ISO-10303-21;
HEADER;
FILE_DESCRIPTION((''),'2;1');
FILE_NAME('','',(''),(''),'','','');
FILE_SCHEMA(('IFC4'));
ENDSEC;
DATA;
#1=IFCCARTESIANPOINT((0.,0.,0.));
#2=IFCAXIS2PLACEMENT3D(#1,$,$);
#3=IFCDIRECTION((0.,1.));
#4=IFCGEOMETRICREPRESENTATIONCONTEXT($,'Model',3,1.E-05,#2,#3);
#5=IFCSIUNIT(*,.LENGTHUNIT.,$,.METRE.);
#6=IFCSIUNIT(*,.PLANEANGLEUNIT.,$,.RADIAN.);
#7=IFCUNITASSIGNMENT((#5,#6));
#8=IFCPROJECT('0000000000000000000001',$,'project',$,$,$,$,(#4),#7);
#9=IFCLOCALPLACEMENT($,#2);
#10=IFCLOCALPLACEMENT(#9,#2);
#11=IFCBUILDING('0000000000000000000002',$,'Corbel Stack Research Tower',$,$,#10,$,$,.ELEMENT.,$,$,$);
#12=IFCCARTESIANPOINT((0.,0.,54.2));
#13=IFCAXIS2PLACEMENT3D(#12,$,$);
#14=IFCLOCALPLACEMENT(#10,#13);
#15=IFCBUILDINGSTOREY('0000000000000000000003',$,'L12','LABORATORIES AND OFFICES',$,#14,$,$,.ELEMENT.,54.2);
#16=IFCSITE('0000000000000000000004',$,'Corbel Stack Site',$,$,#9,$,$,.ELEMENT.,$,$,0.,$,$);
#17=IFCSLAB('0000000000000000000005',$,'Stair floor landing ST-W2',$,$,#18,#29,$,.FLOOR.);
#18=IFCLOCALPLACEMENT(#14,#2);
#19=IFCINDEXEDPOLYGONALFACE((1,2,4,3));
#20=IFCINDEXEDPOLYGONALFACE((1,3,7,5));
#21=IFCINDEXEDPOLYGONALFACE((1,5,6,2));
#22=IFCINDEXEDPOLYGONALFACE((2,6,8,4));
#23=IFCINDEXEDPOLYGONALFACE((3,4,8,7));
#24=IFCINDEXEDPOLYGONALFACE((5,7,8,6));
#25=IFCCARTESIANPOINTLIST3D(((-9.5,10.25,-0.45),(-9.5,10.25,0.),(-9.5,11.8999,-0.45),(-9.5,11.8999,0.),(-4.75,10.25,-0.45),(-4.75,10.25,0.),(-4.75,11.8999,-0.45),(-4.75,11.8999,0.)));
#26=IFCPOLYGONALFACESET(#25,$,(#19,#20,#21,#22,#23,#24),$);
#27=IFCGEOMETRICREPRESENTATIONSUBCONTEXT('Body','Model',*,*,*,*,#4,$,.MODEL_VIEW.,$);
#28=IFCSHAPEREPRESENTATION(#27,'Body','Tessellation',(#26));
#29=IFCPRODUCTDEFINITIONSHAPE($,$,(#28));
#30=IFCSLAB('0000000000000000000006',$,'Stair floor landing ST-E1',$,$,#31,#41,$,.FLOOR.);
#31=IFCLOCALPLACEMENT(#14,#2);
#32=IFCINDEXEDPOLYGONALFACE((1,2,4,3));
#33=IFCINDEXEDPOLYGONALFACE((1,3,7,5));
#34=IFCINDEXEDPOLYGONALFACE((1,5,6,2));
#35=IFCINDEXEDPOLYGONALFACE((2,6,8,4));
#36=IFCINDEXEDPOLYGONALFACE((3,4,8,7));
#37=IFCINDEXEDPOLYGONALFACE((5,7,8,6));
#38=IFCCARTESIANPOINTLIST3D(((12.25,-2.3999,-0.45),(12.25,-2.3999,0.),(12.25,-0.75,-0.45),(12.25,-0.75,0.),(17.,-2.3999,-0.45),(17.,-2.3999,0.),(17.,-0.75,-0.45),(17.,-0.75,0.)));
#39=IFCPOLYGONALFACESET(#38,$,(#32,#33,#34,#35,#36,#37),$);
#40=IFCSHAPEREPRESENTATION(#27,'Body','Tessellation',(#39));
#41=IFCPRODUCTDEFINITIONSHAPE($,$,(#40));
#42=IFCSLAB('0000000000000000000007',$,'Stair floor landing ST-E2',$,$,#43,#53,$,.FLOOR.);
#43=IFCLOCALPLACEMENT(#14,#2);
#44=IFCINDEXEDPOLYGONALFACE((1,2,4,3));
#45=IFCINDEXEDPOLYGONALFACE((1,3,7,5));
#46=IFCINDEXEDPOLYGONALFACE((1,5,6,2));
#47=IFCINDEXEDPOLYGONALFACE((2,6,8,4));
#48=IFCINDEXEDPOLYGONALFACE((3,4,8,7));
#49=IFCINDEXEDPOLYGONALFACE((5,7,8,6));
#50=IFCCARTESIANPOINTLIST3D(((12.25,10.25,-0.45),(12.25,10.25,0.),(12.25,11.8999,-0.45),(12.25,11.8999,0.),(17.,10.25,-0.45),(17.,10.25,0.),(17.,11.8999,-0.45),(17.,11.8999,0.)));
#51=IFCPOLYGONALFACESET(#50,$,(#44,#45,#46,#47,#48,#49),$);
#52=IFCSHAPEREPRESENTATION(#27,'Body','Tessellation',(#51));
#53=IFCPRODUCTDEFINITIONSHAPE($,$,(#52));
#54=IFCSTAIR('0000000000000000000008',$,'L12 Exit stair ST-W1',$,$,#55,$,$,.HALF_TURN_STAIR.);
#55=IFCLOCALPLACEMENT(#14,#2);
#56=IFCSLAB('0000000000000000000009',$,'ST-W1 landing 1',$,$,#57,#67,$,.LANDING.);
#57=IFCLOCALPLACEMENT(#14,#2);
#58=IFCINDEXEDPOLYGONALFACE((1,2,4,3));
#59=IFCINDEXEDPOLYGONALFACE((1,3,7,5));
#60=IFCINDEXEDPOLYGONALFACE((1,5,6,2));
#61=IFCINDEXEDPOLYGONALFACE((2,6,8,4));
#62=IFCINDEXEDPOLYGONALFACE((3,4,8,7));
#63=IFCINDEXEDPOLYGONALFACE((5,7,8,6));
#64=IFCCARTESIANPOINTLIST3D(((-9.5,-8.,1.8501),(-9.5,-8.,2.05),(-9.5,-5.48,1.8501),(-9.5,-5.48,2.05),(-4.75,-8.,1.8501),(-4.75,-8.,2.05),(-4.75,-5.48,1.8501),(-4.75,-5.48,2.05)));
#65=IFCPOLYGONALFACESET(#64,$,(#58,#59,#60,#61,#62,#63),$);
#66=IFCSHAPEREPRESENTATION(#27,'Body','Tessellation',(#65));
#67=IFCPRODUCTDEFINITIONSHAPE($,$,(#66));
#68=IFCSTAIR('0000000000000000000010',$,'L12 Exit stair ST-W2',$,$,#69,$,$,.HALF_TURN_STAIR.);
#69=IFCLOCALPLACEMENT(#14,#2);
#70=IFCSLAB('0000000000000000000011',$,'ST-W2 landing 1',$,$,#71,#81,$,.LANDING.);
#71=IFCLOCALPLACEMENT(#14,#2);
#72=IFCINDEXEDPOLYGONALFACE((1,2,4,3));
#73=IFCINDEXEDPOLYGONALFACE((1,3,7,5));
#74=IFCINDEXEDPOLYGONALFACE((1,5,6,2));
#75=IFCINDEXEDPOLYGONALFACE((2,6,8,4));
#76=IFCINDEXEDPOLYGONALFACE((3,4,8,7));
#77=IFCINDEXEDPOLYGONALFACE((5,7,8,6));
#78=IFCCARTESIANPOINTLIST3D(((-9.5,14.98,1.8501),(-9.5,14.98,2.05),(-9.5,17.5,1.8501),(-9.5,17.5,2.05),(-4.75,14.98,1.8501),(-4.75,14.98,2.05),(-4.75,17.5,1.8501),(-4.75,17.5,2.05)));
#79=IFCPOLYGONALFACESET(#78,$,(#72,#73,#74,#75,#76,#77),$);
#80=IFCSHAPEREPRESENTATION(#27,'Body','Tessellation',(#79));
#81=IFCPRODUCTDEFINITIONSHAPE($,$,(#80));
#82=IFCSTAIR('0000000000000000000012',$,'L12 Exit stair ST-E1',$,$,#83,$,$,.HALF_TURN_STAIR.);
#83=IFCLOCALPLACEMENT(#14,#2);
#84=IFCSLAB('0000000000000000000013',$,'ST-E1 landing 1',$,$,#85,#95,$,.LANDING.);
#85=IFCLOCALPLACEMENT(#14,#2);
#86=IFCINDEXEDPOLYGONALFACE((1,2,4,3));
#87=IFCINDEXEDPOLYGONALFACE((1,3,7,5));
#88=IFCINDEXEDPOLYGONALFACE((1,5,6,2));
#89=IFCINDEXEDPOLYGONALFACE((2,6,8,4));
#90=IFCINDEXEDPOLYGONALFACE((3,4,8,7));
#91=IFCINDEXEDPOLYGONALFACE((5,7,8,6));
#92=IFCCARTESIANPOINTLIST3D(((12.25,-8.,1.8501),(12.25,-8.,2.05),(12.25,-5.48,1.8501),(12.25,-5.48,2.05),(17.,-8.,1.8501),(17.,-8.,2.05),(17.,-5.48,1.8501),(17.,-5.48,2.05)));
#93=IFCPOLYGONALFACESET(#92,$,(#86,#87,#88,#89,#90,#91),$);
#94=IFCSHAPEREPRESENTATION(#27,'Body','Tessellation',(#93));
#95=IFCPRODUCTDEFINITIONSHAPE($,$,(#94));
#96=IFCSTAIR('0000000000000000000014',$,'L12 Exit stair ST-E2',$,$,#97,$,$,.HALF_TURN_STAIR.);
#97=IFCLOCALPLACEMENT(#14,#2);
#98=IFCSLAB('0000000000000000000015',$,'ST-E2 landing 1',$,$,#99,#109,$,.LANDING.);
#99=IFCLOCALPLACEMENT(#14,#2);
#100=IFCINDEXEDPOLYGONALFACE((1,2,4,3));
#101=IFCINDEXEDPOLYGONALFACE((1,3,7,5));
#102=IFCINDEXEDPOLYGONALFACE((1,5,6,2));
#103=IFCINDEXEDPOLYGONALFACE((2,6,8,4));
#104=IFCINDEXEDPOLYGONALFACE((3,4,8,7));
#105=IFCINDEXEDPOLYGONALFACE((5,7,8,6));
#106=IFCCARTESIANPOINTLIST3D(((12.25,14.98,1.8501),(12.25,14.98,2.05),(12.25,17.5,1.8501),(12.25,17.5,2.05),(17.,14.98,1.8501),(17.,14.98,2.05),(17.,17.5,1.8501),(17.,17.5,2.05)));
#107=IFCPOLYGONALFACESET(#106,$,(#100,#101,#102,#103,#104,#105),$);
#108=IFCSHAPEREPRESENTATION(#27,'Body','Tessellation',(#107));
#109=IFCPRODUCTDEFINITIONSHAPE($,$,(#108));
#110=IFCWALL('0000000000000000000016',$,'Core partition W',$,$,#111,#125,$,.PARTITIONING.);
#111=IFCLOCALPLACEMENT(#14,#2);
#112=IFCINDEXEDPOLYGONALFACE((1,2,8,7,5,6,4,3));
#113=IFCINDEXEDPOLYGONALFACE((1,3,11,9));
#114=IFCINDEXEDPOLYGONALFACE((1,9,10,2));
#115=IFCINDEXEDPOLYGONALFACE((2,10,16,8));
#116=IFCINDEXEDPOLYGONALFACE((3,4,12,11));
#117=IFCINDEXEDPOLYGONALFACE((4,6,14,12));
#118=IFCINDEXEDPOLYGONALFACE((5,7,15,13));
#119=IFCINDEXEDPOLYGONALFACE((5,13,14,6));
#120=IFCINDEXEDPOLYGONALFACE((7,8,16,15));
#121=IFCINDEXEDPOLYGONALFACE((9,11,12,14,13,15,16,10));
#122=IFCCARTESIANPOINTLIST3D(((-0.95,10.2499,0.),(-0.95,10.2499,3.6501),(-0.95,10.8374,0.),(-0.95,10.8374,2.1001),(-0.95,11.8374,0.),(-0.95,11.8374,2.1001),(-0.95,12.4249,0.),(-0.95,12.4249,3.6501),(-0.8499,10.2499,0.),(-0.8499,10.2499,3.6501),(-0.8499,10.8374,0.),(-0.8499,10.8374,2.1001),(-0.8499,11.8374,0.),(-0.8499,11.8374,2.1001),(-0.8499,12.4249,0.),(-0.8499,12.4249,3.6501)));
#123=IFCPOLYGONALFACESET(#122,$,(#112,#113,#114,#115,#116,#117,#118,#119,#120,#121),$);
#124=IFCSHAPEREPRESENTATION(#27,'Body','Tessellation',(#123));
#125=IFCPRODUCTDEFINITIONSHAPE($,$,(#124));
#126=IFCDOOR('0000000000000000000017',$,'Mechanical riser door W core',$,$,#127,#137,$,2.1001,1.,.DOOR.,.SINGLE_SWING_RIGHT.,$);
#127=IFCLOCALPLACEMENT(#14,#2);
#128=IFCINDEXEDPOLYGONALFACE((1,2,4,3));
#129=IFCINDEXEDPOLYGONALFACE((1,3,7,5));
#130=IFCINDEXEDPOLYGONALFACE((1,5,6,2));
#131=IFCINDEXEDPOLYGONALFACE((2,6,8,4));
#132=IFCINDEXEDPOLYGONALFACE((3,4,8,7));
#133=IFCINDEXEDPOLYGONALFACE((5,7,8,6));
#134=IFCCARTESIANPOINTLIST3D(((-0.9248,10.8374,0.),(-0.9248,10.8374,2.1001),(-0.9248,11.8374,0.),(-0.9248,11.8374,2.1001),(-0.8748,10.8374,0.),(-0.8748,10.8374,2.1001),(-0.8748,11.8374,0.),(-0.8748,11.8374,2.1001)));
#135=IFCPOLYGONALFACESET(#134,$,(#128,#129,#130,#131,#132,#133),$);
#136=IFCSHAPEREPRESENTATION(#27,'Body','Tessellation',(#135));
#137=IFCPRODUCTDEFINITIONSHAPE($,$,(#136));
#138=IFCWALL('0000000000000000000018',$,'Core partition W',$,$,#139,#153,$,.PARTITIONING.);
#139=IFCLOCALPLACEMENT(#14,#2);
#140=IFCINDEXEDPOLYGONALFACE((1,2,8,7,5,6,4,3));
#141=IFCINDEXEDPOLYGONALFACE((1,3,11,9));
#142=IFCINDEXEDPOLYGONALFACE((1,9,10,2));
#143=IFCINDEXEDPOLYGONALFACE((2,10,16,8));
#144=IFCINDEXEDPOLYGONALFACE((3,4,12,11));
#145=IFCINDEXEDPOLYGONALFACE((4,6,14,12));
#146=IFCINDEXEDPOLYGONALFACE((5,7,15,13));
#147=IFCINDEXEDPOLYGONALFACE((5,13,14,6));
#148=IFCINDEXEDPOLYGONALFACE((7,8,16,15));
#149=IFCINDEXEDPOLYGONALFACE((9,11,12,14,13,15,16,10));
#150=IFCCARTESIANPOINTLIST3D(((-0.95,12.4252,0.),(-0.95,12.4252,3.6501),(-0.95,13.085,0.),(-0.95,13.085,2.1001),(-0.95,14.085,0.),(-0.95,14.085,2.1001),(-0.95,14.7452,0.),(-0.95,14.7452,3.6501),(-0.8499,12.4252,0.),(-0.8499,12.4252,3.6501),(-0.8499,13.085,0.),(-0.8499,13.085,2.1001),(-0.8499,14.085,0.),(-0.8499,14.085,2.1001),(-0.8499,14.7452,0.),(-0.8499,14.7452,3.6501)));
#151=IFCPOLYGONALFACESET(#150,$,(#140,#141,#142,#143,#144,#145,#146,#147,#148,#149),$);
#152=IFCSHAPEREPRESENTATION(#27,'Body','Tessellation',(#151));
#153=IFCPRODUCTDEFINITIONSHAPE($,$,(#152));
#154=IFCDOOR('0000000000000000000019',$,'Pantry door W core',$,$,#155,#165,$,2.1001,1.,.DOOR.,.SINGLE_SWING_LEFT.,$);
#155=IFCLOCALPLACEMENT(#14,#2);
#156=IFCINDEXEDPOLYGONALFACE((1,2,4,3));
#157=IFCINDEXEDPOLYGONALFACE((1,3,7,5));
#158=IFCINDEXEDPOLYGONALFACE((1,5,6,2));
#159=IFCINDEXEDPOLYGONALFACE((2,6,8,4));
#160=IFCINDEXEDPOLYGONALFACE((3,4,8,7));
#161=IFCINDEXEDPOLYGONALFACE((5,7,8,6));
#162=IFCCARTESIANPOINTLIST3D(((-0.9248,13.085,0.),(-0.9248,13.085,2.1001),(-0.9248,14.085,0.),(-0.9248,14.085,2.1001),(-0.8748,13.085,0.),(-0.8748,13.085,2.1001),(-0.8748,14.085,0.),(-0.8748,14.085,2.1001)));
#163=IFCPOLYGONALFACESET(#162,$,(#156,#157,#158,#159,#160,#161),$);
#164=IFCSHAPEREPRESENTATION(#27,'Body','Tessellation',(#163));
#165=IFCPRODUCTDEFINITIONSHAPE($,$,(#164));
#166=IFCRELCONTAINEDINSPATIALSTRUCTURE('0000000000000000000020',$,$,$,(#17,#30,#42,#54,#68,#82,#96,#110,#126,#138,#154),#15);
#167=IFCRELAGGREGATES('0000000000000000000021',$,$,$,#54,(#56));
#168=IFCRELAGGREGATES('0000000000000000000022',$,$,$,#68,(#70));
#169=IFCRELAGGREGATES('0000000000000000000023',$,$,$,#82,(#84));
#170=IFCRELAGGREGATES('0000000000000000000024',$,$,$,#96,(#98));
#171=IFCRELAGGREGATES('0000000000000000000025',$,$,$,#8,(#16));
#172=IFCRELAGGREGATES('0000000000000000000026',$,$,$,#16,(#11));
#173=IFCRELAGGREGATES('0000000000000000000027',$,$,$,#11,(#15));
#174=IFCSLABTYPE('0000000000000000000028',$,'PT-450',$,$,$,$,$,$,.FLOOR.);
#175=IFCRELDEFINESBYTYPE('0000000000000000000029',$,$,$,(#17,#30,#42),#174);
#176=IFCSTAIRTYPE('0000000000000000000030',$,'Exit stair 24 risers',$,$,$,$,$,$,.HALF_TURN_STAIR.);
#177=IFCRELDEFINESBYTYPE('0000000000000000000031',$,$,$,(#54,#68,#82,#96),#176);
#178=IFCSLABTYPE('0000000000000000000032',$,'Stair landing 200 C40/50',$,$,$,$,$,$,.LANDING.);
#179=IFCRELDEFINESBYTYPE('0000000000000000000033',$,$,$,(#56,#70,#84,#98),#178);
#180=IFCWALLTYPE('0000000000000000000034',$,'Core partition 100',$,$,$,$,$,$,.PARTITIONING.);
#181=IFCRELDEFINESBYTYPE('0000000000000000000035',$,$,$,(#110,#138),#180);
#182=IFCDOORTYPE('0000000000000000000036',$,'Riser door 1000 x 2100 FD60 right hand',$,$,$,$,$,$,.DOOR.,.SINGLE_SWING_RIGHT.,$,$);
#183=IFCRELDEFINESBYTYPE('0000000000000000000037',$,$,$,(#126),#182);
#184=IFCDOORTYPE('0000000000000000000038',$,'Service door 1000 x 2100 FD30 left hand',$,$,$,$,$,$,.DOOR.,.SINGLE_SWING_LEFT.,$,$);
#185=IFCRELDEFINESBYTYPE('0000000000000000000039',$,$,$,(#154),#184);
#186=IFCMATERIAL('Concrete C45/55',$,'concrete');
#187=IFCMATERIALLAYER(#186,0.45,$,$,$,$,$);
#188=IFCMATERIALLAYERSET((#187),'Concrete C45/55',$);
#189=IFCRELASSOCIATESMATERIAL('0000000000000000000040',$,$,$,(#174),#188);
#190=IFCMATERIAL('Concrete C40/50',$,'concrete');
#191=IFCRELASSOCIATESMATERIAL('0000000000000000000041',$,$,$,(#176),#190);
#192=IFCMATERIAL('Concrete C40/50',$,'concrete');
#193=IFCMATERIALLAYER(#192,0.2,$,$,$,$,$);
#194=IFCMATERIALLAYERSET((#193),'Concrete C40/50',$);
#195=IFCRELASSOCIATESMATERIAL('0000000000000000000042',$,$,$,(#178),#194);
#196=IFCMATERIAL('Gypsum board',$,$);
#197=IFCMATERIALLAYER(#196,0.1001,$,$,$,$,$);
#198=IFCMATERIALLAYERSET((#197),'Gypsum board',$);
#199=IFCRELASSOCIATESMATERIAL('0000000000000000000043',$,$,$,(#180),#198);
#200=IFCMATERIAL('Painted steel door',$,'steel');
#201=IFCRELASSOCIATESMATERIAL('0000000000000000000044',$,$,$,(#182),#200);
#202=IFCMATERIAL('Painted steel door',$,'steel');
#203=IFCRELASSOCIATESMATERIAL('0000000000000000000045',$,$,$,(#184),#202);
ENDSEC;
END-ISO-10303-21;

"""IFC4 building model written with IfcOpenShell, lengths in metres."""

from ifc_helpers import new_model, si_unit, direction, frame, frame_2d, origin, place, context, subcontext, project, spatial, polyline, rectangle, outline, extrude, material, layer, layer_set, type_object, element, fill, aggregate, save


model = new_model("IFC4")

# Units and contexts
model_context = context("Model", 3, precision=1e-05, world=origin(), true_north=direction((0.0, 1.0)))
body_context = subcontext(model_context, "Body", "Model", "MODEL_VIEW")
ifc_project = project(units=[si_unit("LENGTHUNIT", "METRE"), si_unit("PLANEANGLEUNIT", "RADIAN")], contexts=[model_context])

# Site, building, storey
site_placement = place(None, origin())
site = spatial("IfcSite", under=ifc_project, at=site_placement, Name="Corbel Stack Site", CompositionType="ELEMENT", RefElevation=0.0)
building_placement = place(site_placement, origin())
building = spatial("IfcBuilding", under=site, at=building_placement, Name="Corbel Stack Research Tower", CompositionType="ELEMENT")
storey_placement = place(building_placement, frame((0.0, 0.0, 54.2)))
storey = spatial("IfcBuildingStorey", under=building, at=storey_placement, Name="L12", Description="LABORATORIES AND OFFICES", CompositionType="ELEMENT", Elevation=54.2)

# Slabs
ifc_material_1 = material(Name="Concrete C45/55", Category="concrete")
ifc_layer_1 = layer(ifc_material_1, 0.45)
ifc_layer_set_1 = layer_set([ifc_layer_1], Name="Concrete C45/55")
slab_type_1 = type_object("IfcSlabType", Name="PT-450", PredefinedType="FLOOR", material=ifc_layer_set_1)
slab_1_placement = place(storey_placement, frame((0.0, 0.0, -0.45)))
element("IfcSlab", 1, at=slab_1_placement, inside=storey, type_object=slab_type_1, Name="Stair floor landing ST-W2", PredefinedType="FLOOR", context=body_context, shape_type="SweptSolid", body=[
    extrude(outline(polyline([(-9.5, 10.25), (-4.75, 10.25), (-4.75, 11.8999), (-9.5, 11.8999), (-9.5, 10.25)])), origin(), (0.0, 0.0, 1.0), 0.45),
])
slab_2_placement = place(storey_placement, frame((0.0, 0.0, -0.45)))
element("IfcSlab", 2, at=slab_2_placement, inside=storey, type_object=slab_type_1, Name="Stair floor landing ST-E1", PredefinedType="FLOOR", context=body_context, shape_type="SweptSolid", body=[
    extrude(outline(polyline([(12.25, -2.3999), (17.0, -2.3999), (17.0, -0.75), (12.25, -0.75), (12.25, -2.3999)])), origin(), (0.0, 0.0, 1.0), 0.45),
])
slab_3_placement = place(storey_placement, frame((0.0, 0.0, -0.45)))
element("IfcSlab", 3, at=slab_3_placement, inside=storey, type_object=slab_type_1, Name="Stair floor landing ST-E2", PredefinedType="FLOOR", context=body_context, shape_type="SweptSolid", body=[
    extrude(outline(polyline([(12.25, 10.25), (17.0, 10.25), (17.0, 11.8999), (12.25, 11.8999), (12.25, 10.25)])), origin(), (0.0, 0.0, 1.0), 0.45),
])

# Stairs, slabs
ifc_material_2 = material(Name="Concrete C40/50", Category="concrete")
stair_type = type_object("IfcStairType", Name="Exit stair 24 risers", PredefinedType="HALF_TURN_STAIR", material=ifc_material_2)
stair_1_placement = place(storey_placement, origin())
stair_1 = element("IfcStair", 4, at=stair_1_placement, inside=storey, type_object=stair_type, Name="L12 Exit stair ST-W1", PredefinedType="HALF_TURN_STAIR")
ifc_material_3 = material(Name="Concrete C40/50", Category="concrete")
ifc_layer_2 = layer(ifc_material_3, 0.2)
ifc_layer_set_2 = layer_set([ifc_layer_2], Name="Concrete C40/50")
slab_type_2 = type_object("IfcSlabType", Name="Stair landing 200 C40/50", PredefinedType="LANDING", material=ifc_layer_set_2)
slab_4_placement = place(storey_placement, frame((0.0, 0.0, 1.8501)))
slab_4 = element("IfcSlab", 5, at=slab_4_placement, type_object=slab_type_2, Name="ST-W1 landing 1", PredefinedType="LANDING", context=body_context, shape_type="SweptSolid", body=[
    extrude(outline(polyline([(-9.5, -8.0), (-9.5, -5.48), (-4.75, -5.48), (-4.75, -8.0), (-9.5, -8.0)])), origin(), (0.0, 0.0, 1.0), 0.2),
])
aggregate(stair_1, [slab_4])
stair_2_placement = place(storey_placement, origin())
stair_2 = element("IfcStair", 6, at=stair_2_placement, inside=storey, type_object=stair_type, Name="L12 Exit stair ST-W2", PredefinedType="HALF_TURN_STAIR")
slab_5_placement = place(storey_placement, frame((0.0, 0.0, 1.8501)))
slab_5 = element("IfcSlab", 7, at=slab_5_placement, type_object=slab_type_2, Name="ST-W2 landing 1", PredefinedType="LANDING", context=body_context, shape_type="SweptSolid", body=[
    extrude(outline(polyline([(-9.5, 14.98), (-9.5, 17.5), (-4.75, 17.5), (-4.75, 14.98), (-9.5, 14.98)])), origin(), (0.0, 0.0, 1.0), 0.2),
])
aggregate(stair_2, [slab_5])
stair_3_placement = place(storey_placement, origin())
stair_3 = element("IfcStair", 8, at=stair_3_placement, inside=storey, type_object=stair_type, Name="L12 Exit stair ST-E1", PredefinedType="HALF_TURN_STAIR")
slab_6_placement = place(storey_placement, frame((0.0, 0.0, 1.8501)))
slab_6 = element("IfcSlab", 9, at=slab_6_placement, type_object=slab_type_2, Name="ST-E1 landing 1", PredefinedType="LANDING", context=body_context, shape_type="SweptSolid", body=[
    extrude(outline(polyline([(12.25, -8.0), (12.25, -5.48), (17.0, -5.48), (17.0, -8.0), (12.25, -8.0)])), origin(), (0.0, 0.0, 1.0), 0.2),
])
aggregate(stair_3, [slab_6])
stair_4_placement = place(storey_placement, origin())
stair_4 = element("IfcStair", 10, at=stair_4_placement, inside=storey, type_object=stair_type, Name="L12 Exit stair ST-E2", PredefinedType="HALF_TURN_STAIR")
slab_7_placement = place(storey_placement, frame((0.0, 0.0, 1.8501)))
slab_7 = element("IfcSlab", 11, at=slab_7_placement, type_object=slab_type_2, Name="ST-E2 landing 1", PredefinedType="LANDING", context=body_context, shape_type="SweptSolid", body=[
    extrude(outline(polyline([(12.25, 14.98), (12.25, 17.5), (17.0, 17.5), (17.0, 14.98), (12.25, 14.98)])), origin(), (0.0, 0.0, 1.0), 0.2),
])
aggregate(stair_4, [slab_7])

# Walls, openings, doors
ifc_material_4 = material(Name="Gypsum board")
ifc_layer_3 = layer(ifc_material_4, 0.1001)
ifc_layer_set_3 = layer_set([ifc_layer_3], Name="Gypsum board")
wall_type = type_object("IfcWallType", Name="Core partition 100", PredefinedType="PARTITIONING", material=ifc_layer_set_3)
wall_1_placement = place(storey_placement, frame((-0.8999, 10.25, 0.0), z_axis=(0.0, 0.0, 1.0), x_axis=(0.0, 1.0, 0.0)))
wall_1 = element("IfcWall", 12, at=wall_1_placement, inside=storey, type_object=wall_type, Name="Core partition W", PredefinedType="PARTITIONING", context=body_context, shape_type="SweptSolid", body=[
    extrude(rectangle(XDim=2.175, YDim=0.1001, at=frame_2d((1.0874, 0.0))), origin(), (0.0, 0.0, 1.0), 3.6501),
])
opening_1_placement = place(wall_1_placement, frame((0.5874, 0.0, 0.0)))
opening_1 = element("IfcOpeningElement", 13, at=opening_1_placement, cuts=wall_1, PredefinedType="OPENING", context=body_context, shape_type="SweptSolid", body=[
    extrude(rectangle(XDim=1.0, YDim=2.1001, at=frame_2d((0.5, 1.05))), frame((0.0, 0.0601, 0.0), z_axis=(0.0, -1.0, 0.0), x_axis=(1.0, 0.0, 0.0)), (0.0, 0.0, 1.0), 0.1201),
])
ifc_material_5 = material(Name="Painted steel door", Category="steel")
door_type_1 = type_object("IfcDoorType", Name="Riser door 1000 x 2100 FD60 right hand", OperationType="SINGLE_SWING_RIGHT", PredefinedType="DOOR", material=ifc_material_5)
door_1_placement = place(opening_1_placement, origin())
door_1 = element("IfcDoor", 14, at=door_1_placement, inside=storey, type_object=door_type_1, Name="Mechanical riser door W core", OperationType="SINGLE_SWING_RIGHT", OverallHeight=2.1001, OverallWidth=1.0, PredefinedType="DOOR", context=body_context, shape_type="SweptSolid", body=[
    extrude(rectangle(XDim=1.0, YDim=2.1001, at=frame_2d((0.5, 1.05))), frame((0.0, 0.0249, 0.0), z_axis=(0.0, -1.0, 0.0), x_axis=(1.0, 0.0, 0.0)), (0.0, 0.0, 1.0), 0.05),
])
fill(opening_1, door_1)
wall_2_placement = place(storey_placement, frame((-0.8999, 12.425, 0.0), z_axis=(0.0, 0.0, 1.0), x_axis=(0.0, 1.0, 0.0)))
wall_2 = element("IfcWall", 15, at=wall_2_placement, inside=storey, type_object=wall_type, Name="Core partition W", PredefinedType="PARTITIONING", context=body_context, shape_type="SweptSolid", body=[
    extrude(rectangle(XDim=2.3201, YDim=0.1001, at=frame_2d((1.1602, 0.0))), origin(), (0.0, 0.0, 1.0), 3.6501),
])
opening_2_placement = place(wall_2_placement, frame((0.6599, 0.0, 0.0)))
opening_2 = element("IfcOpeningElement", 16, at=opening_2_placement, cuts=wall_2, PredefinedType="OPENING", context=body_context, shape_type="SweptSolid", body=[
    extrude(rectangle(XDim=1.0, YDim=2.1001, at=frame_2d((0.5, 1.05))), frame((0.0, 0.0601, 0.0), z_axis=(0.0, -1.0, 0.0), x_axis=(1.0, 0.0, 0.0)), (0.0, 0.0, 1.0), 0.1201),
])
ifc_material_6 = material(Name="Painted steel door", Category="steel")
door_type_2 = type_object("IfcDoorType", Name="Service door 1000 x 2100 FD30 left hand", OperationType="SINGLE_SWING_LEFT", PredefinedType="DOOR", material=ifc_material_6)
door_2_placement = place(opening_2_placement, origin())
door_2 = element("IfcDoor", 17, at=door_2_placement, inside=storey, type_object=door_type_2, Name="Pantry door W core", OperationType="SINGLE_SWING_LEFT", OverallHeight=2.1001, OverallWidth=1.0, PredefinedType="DOOR", context=body_context, shape_type="SweptSolid", body=[
    extrude(rectangle(XDim=1.0, YDim=2.1001, at=frame_2d((0.5, 1.05))), frame((0.0, 0.0249, 0.0), z_axis=(0.0, -1.0, 0.0), x_axis=(1.0, 0.0, 0.0)), (0.0, 0.0, 1.0), 0.05),
])
fill(opening_2, door_2)

save(model, "model.ifc")
